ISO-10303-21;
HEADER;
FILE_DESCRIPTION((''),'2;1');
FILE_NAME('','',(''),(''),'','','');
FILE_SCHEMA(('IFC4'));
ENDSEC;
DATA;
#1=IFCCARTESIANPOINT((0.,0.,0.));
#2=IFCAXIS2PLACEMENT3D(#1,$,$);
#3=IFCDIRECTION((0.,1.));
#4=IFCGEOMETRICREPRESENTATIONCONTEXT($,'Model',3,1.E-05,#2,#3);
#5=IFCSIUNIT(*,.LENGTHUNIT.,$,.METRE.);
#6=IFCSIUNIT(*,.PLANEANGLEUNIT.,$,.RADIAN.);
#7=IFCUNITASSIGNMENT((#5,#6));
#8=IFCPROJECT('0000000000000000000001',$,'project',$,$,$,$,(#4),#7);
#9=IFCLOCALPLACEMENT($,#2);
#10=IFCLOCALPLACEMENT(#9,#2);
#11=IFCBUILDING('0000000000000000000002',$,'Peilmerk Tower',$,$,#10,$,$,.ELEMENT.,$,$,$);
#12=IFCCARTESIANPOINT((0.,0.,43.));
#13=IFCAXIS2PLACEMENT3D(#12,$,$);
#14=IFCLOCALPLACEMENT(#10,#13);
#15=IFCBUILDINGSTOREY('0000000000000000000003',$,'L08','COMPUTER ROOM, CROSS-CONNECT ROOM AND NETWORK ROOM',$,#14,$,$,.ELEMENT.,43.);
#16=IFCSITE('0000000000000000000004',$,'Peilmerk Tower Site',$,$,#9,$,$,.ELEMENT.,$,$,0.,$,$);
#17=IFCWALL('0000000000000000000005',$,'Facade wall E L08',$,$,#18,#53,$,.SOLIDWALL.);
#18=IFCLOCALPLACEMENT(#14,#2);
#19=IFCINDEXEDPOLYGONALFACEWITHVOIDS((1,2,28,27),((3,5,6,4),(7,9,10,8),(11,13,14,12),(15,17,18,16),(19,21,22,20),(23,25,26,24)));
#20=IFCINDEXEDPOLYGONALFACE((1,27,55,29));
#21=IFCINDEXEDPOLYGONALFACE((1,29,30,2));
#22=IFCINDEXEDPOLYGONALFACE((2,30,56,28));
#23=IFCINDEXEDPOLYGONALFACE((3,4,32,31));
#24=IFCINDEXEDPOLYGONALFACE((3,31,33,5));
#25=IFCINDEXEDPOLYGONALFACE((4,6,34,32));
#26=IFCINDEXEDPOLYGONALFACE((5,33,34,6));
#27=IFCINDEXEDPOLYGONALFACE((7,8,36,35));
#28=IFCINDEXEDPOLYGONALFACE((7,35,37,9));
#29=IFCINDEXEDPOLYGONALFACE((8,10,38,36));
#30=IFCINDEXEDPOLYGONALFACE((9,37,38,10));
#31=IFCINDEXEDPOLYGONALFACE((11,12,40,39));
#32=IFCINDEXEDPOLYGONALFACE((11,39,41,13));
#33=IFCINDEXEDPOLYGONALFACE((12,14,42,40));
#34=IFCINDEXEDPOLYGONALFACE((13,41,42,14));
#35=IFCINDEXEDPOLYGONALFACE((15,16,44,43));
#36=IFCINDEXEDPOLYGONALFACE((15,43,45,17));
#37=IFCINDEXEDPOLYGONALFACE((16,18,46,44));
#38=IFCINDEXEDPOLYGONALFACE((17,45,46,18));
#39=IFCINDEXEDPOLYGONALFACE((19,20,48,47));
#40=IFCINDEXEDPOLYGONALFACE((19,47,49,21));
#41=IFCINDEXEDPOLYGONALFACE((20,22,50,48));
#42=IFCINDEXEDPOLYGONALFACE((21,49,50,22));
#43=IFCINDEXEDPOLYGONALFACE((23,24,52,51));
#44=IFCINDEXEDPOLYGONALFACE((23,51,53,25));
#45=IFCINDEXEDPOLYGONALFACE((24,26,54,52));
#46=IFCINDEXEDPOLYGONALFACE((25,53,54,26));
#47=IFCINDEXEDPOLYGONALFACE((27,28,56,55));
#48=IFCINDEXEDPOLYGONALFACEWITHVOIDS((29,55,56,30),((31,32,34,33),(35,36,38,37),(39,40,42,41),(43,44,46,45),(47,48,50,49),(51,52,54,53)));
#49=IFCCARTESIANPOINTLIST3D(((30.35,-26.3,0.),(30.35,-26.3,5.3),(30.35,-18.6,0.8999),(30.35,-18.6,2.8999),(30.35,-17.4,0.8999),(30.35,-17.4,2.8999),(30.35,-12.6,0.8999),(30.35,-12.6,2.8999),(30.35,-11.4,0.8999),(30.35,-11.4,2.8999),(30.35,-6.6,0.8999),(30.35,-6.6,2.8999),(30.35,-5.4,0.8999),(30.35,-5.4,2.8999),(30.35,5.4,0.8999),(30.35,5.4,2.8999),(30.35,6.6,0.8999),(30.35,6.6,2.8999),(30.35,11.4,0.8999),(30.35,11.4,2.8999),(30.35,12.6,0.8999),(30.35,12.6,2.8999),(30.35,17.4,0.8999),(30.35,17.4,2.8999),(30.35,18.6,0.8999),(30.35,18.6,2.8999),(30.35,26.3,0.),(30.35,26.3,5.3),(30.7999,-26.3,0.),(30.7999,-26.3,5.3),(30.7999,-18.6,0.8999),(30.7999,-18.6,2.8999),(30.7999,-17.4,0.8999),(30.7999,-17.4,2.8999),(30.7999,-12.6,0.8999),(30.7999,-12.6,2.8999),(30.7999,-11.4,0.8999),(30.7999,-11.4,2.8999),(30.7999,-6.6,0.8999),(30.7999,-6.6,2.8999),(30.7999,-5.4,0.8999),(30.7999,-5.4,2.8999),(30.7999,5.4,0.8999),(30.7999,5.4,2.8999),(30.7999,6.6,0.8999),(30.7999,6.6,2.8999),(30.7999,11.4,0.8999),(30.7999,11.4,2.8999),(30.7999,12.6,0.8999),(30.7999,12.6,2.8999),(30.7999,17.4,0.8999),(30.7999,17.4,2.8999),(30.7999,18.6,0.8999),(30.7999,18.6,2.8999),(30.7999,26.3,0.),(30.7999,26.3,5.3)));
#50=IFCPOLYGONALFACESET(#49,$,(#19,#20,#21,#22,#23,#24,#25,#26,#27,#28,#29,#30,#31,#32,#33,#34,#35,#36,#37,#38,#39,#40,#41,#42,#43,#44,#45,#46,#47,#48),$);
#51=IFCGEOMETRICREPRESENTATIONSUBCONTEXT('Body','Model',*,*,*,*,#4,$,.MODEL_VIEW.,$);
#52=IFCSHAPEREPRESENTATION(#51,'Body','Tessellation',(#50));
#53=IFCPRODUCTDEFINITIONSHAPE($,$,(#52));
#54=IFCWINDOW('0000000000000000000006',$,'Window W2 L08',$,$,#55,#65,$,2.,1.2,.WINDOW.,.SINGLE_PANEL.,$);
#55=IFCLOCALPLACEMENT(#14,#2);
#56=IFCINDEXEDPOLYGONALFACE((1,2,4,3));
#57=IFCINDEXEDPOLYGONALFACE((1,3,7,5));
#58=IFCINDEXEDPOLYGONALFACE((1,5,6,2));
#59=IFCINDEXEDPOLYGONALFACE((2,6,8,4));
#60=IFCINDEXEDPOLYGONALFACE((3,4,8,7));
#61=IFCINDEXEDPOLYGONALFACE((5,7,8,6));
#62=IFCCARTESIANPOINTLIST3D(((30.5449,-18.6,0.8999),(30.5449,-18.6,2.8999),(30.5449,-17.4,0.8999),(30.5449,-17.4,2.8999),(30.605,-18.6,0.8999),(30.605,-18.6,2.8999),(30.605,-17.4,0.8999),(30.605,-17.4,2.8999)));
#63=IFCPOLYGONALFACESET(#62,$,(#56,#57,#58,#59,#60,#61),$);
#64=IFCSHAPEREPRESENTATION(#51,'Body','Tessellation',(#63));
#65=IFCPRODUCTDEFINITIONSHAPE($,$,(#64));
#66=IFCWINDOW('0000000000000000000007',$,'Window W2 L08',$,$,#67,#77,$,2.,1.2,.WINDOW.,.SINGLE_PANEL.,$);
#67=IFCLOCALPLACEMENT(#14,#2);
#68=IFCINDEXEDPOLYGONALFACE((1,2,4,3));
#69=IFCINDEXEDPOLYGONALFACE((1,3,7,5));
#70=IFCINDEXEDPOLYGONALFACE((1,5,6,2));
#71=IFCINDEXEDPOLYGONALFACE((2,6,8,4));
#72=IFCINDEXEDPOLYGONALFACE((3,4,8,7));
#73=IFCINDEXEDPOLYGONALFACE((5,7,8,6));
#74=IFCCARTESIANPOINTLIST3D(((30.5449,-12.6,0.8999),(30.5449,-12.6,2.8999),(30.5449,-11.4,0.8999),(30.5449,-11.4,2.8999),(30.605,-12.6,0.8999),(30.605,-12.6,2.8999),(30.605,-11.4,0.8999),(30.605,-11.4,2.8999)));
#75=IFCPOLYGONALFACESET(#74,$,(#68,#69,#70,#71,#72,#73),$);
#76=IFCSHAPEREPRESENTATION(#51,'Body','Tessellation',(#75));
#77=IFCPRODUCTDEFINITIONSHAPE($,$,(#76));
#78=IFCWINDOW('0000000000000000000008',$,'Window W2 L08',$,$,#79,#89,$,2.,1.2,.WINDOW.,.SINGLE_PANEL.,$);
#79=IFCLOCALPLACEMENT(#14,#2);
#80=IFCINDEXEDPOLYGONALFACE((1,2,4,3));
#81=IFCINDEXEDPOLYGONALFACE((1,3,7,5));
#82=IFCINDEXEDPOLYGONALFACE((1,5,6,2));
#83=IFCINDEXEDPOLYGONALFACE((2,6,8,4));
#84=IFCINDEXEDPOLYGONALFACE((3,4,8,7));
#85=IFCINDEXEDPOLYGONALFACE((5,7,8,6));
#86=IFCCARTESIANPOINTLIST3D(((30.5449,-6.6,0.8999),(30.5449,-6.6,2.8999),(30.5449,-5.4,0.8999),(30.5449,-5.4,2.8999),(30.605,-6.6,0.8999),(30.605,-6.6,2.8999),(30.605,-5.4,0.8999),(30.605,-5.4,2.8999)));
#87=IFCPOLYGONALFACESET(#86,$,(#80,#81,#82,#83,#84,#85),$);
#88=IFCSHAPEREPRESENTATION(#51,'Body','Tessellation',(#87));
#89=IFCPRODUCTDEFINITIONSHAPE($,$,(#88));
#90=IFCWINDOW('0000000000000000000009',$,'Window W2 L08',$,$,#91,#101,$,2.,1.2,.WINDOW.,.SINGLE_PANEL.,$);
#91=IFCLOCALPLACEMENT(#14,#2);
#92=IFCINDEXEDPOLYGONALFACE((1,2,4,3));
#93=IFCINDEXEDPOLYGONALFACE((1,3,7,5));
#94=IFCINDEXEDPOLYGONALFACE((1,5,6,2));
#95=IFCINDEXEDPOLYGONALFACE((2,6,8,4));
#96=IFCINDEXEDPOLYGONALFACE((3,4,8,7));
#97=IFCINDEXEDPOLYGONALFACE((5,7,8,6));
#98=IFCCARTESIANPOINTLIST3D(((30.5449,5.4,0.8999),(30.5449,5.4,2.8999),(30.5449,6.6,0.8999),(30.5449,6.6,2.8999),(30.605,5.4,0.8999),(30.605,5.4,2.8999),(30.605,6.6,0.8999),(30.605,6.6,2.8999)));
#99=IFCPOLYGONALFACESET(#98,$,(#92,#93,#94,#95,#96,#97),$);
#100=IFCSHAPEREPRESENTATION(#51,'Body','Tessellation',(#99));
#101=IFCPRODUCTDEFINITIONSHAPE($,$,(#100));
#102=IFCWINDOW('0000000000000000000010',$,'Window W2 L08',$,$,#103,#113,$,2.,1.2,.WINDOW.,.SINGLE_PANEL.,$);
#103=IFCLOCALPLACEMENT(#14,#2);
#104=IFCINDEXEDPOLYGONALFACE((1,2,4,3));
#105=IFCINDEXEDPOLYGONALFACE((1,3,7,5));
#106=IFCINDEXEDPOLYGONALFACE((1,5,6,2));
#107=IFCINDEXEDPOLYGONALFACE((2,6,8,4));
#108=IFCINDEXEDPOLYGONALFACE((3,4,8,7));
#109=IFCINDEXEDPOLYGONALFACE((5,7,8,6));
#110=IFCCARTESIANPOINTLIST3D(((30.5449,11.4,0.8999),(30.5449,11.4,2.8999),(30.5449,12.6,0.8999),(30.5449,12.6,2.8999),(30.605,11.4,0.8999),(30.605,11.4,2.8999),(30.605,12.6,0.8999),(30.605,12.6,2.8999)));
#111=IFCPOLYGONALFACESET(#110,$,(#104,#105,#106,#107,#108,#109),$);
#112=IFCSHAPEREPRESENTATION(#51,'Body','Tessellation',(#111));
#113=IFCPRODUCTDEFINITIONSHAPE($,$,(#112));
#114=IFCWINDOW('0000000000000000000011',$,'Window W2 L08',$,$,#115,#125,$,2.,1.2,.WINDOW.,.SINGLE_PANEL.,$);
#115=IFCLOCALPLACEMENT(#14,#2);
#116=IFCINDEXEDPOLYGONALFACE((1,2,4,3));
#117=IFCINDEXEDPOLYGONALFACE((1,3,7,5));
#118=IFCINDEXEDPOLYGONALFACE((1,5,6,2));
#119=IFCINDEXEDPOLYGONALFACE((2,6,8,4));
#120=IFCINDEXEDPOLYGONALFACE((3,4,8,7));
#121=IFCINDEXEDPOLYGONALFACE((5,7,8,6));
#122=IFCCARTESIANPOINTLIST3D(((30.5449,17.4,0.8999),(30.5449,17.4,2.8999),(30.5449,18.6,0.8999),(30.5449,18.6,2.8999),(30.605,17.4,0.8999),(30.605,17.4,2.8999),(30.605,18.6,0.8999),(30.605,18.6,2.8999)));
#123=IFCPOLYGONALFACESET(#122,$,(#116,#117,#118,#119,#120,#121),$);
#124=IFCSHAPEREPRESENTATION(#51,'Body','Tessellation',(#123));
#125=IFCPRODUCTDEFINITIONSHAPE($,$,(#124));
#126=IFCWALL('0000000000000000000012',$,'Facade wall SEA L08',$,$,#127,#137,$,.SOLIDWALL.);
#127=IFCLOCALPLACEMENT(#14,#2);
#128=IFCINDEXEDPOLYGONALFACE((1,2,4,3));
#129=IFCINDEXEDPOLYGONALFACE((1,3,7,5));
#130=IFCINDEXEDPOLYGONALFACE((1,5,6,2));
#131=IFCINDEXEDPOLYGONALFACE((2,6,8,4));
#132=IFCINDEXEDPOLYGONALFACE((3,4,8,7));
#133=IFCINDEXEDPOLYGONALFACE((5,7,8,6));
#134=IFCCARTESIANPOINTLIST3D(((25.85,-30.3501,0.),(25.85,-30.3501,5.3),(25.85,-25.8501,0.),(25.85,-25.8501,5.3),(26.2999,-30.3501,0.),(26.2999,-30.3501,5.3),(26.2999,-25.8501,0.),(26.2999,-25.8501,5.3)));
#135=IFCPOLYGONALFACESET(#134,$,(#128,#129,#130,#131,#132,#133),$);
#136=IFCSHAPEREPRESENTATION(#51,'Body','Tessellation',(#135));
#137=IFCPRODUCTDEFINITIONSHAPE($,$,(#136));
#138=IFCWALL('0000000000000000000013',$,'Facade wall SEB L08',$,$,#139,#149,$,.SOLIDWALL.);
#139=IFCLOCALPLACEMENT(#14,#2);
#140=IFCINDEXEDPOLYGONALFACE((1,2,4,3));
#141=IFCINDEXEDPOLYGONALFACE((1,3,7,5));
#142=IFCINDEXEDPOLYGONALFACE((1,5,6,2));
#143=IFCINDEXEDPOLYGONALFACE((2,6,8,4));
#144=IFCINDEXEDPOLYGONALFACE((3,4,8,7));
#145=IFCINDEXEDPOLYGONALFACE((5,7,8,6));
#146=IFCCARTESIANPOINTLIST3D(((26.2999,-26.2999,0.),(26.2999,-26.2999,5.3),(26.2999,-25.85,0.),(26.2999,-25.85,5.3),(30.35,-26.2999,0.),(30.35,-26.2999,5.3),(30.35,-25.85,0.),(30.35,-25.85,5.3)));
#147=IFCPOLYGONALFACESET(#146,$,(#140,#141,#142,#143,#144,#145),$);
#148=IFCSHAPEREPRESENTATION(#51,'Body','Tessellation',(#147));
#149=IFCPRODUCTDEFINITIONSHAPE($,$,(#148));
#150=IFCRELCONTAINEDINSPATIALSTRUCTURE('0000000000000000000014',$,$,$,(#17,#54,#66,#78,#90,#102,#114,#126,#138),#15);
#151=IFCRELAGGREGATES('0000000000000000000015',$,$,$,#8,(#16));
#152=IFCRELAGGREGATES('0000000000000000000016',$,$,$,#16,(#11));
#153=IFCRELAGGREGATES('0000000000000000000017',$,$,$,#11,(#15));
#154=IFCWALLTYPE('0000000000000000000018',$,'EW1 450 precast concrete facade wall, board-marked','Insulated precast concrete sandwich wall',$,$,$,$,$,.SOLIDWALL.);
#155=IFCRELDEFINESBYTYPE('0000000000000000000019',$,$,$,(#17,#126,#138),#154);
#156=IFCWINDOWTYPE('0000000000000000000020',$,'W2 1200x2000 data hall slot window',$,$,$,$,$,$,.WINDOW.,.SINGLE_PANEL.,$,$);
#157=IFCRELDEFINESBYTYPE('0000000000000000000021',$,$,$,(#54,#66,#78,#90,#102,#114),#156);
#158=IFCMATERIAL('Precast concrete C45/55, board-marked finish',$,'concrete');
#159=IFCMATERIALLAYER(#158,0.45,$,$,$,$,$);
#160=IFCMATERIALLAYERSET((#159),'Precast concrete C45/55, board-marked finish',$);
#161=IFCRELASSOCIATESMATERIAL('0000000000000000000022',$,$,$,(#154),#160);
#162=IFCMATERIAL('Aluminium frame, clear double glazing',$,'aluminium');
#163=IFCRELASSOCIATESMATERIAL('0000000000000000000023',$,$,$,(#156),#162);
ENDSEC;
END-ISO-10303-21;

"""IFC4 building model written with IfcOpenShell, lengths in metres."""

from ifc_helpers import new_model, si_unit, direction, frame, frame_2d, origin, place, context, subcontext, project, spatial, rectangle, extrude, material, layer, layer_set, type_object, element, fill, save


model = new_model("IFC4")

# Units and contexts
model_context = context("Model", 3, precision=1e-05, world=origin(), true_north=direction((0.0, 1.0)))
body_context = subcontext(model_context, "Body", "Model", "MODEL_VIEW")
ifc_project = project(units=[si_unit("LENGTHUNIT", "METRE"), si_unit("PLANEANGLEUNIT", "RADIAN")], contexts=[model_context])

# Site, building, storey
site_placement = place(None, origin())
site = spatial("IfcSite", under=ifc_project, at=site_placement, Name="Peilmerk Tower Site", CompositionType="ELEMENT", RefElevation=0.0)
building_placement = place(site_placement, origin())
building = spatial("IfcBuilding", under=site, at=building_placement, Name="Peilmerk Tower", CompositionType="ELEMENT")
storey_placement = place(building_placement, frame((0.0, 0.0, 43.0)))
storey = spatial("IfcBuildingStorey", under=building, at=storey_placement, Name="L08", Description="COMPUTER ROOM, CROSS-CONNECT ROOM AND NETWORK ROOM", CompositionType="ELEMENT", Elevation=43.0)

# Wall, openings, windows
ifc_material_1 = material(Name="Precast concrete C45/55, board-marked finish", Category="concrete")
ifc_layer = layer(ifc_material_1, 0.45)
ifc_layer_set = layer_set([ifc_layer], Name="Precast concrete C45/55, board-marked finish")
wall_type = type_object("IfcWallType", Name="EW1 450 precast concrete facade wall, board-marked", Description="Insulated precast concrete sandwich wall", PredefinedType="SOLIDWALL", material=ifc_layer_set)
wall_1_placement = place(storey_placement, frame((30.575, -26.3, 0.0), z_axis=(0.0, 0.0, 1.0), x_axis=(0.0, 1.0, 0.0)))
wall_1 = element("IfcWall", 1, at=wall_1_placement, inside=storey, type_object=wall_type, Name="Facade wall E L08", PredefinedType="SOLIDWALL", context=body_context, shape_type="SweptSolid", body=[
    extrude(rectangle(XDim=52.6001, YDim=0.45, at=frame_2d((26.3, 0.0))), origin(), (0.0, 0.0, 1.0), 5.3),
])
opening_1_placement = place(wall_1_placement, frame((7.7, 0.0, 0.8999)))
opening_1 = element("IfcOpeningElement", 2, at=opening_1_placement, cuts=wall_1, PredefinedType="OPENING", context=body_context, shape_type="SweptSolid", body=[
    extrude(rectangle(XDim=1.2, YDim=2.0, at=frame_2d((0.6001, 1.0))), frame((0.0, 0.2349, 0.0), z_axis=(0.0, -1.0, 0.0), x_axis=(1.0, 0.0, 0.0)), (0.0, 0.0, 1.0), 0.47),
])
opening_2_placement = place(wall_1_placement, frame((13.7, 0.0, 0.8999)))
opening_2 = element("IfcOpeningElement", 3, at=opening_2_placement, cuts=wall_1, PredefinedType="OPENING", context=body_context, shape_type="SweptSolid", body=[
    extrude(rectangle(XDim=1.2, YDim=2.0, at=frame_2d((0.6001, 1.0))), frame((0.0, 0.2349, 0.0), z_axis=(0.0, -1.0, 0.0), x_axis=(1.0, 0.0, 0.0)), (0.0, 0.0, 1.0), 0.47),
])
opening_3_placement = place(wall_1_placement, frame((19.7, 0.0, 0.8999)))
opening_3 = element("IfcOpeningElement", 4, at=opening_3_placement, cuts=wall_1, PredefinedType="OPENING", context=body_context, shape_type="SweptSolid", body=[
    extrude(rectangle(XDim=1.2, YDim=2.0, at=frame_2d((0.6001, 1.0))), frame((0.0, 0.2349, 0.0), z_axis=(0.0, -1.0, 0.0), x_axis=(1.0, 0.0, 0.0)), (0.0, 0.0, 1.0), 0.47),
])
opening_4_placement = place(wall_1_placement, frame((31.7, 0.0, 0.8999)))
opening_4 = element("IfcOpeningElement", 5, at=opening_4_placement, cuts=wall_1, PredefinedType="OPENING", context=body_context, shape_type="SweptSolid", body=[
    extrude(rectangle(XDim=1.2, YDim=2.0, at=frame_2d((0.6001, 1.0))), frame((0.0, 0.2349, 0.0), z_axis=(0.0, -1.0, 0.0), x_axis=(1.0, 0.0, 0.0)), (0.0, 0.0, 1.0), 0.47),
])
opening_5_placement = place(wall_1_placement, frame((37.7, 0.0, 0.8999)))
opening_5 = element("IfcOpeningElement", 6, at=opening_5_placement, cuts=wall_1, PredefinedType="OPENING", context=body_context, shape_type="SweptSolid", body=[
    extrude(rectangle(XDim=1.2, YDim=2.0, at=frame_2d((0.6001, 1.0))), frame((0.0, 0.2349, 0.0), z_axis=(0.0, -1.0, 0.0), x_axis=(1.0, 0.0, 0.0)), (0.0, 0.0, 1.0), 0.47),
])
opening_6_placement = place(wall_1_placement, frame((43.7, 0.0, 0.8999)))
opening_6 = element("IfcOpeningElement", 7, at=opening_6_placement, cuts=wall_1, PredefinedType="OPENING", context=body_context, shape_type="SweptSolid", body=[
    extrude(rectangle(XDim=1.2, YDim=2.0, at=frame_2d((0.6001, 1.0))), frame((0.0, 0.2349, 0.0), z_axis=(0.0, -1.0, 0.0), x_axis=(1.0, 0.0, 0.0)), (0.0, 0.0, 1.0), 0.47),
])
ifc_material_2 = material(Name="Aluminium frame, clear double glazing", Category="aluminium")
window_type = type_object("IfcWindowType", Name="W2 1200x2000 data hall slot window", PartitioningType="SINGLE_PANEL", PredefinedType="WINDOW", material=ifc_material_2)
window_1_placement = place(opening_1_placement, origin())
window_1 = element("IfcWindow", 8, at=window_1_placement, inside=storey, type_object=window_type, Name="Window W2 L08", OverallHeight=2.0, OverallWidth=1.2, PartitioningType="SINGLE_PANEL", PredefinedType="WINDOW", context=body_context, shape_type="SweptSolid", body=[
    extrude(rectangle(XDim=1.2, YDim=2.0, at=frame_2d((0.6001, 1.0))), frame((0.0, 0.03, 0.0), z_axis=(0.0, -1.0, 0.0), x_axis=(1.0, 0.0, 0.0)), (0.0, 0.0, 1.0), 0.0601),
])
fill(opening_1, window_1)
window_2_placement = place(opening_2_placement, origin())
window_2 = element("IfcWindow", 9, at=window_2_placement, inside=storey, type_object=window_type, Name="Window W2 L08", OverallHeight=2.0, OverallWidth=1.2, PartitioningType="SINGLE_PANEL", PredefinedType="WINDOW", context=body_context, shape_type="SweptSolid", body=[
    extrude(rectangle(XDim=1.2, YDim=2.0, at=frame_2d((0.6001, 1.0))), frame((0.0, 0.03, 0.0), z_axis=(0.0, -1.0, 0.0), x_axis=(1.0, 0.0, 0.0)), (0.0, 0.0, 1.0), 0.0601),
])
fill(opening_2, window_2)
window_3_placement = place(opening_3_placement, origin())
window_3 = element("IfcWindow", 10, at=window_3_placement, inside=storey, type_object=window_type, Name="Window W2 L08", OverallHeight=2.0, OverallWidth=1.2, PartitioningType="SINGLE_PANEL", PredefinedType="WINDOW", context=body_context, shape_type="SweptSolid", body=[
    extrude(rectangle(XDim=1.2, YDim=2.0, at=frame_2d((0.6001, 1.0))), frame((0.0, 0.03, 0.0), z_axis=(0.0, -1.0, 0.0), x_axis=(1.0, 0.0, 0.0)), (0.0, 0.0, 1.0), 0.0601),
])
fill(opening_3, window_3)
window_4_placement = place(opening_4_placement, origin())
window_4 = element("IfcWindow", 11, at=window_4_placement, inside=storey, type_object=window_type, Name="Window W2 L08", OverallHeight=2.0, OverallWidth=1.2, PartitioningType="SINGLE_PANEL", PredefinedType="WINDOW", context=body_context, shape_type="SweptSolid", body=[
    extrude(rectangle(XDim=1.2, YDim=2.0, at=frame_2d((0.6001, 1.0))), frame((0.0, 0.03, 0.0), z_axis=(0.0, -1.0, 0.0), x_axis=(1.0, 0.0, 0.0)), (0.0, 0.0, 1.0), 0.0601),
])
fill(opening_4, window_4)
window_5_placement = place(opening_5_placement, origin())
window_5 = element("IfcWindow", 12, at=window_5_placement, inside=storey, type_object=window_type, Name="Window W2 L08", OverallHeight=2.0, OverallWidth=1.2, PartitioningType="SINGLE_PANEL", PredefinedType="WINDOW", context=body_context, shape_type="SweptSolid", body=[
    extrude(rectangle(XDim=1.2, YDim=2.0, at=frame_2d((0.6001, 1.0))), frame((0.0, 0.03, 0.0), z_axis=(0.0, -1.0, 0.0), x_axis=(1.0, 0.0, 0.0)), (0.0, 0.0, 1.0), 0.0601),
])
fill(opening_5, window_5)
window_6_placement = place(opening_6_placement, origin())
window_6 = element("IfcWindow", 13, at=window_6_placement, inside=storey, type_object=window_type, Name="Window W2 L08", OverallHeight=2.0, OverallWidth=1.2, PartitioningType="SINGLE_PANEL", PredefinedType="WINDOW", context=body_context, shape_type="SweptSolid", body=[
    extrude(rectangle(XDim=1.2, YDim=2.0, at=frame_2d((0.6001, 1.0))), frame((0.0, 0.03, 0.0), z_axis=(0.0, -1.0, 0.0), x_axis=(1.0, 0.0, 0.0)), (0.0, 0.0, 1.0), 0.0601),
])
fill(opening_6, window_6)

# Walls
wall_2_placement = place(storey_placement, frame((26.075, -25.8501, 0.0), z_axis=(0.0, 0.0, 1.0), x_axis=(0.0, -1.0, 0.0)))
element("IfcWall", 14, at=wall_2_placement, inside=storey, type_object=wall_type, Name="Facade wall SEA L08", PredefinedType="SOLIDWALL", context=body_context, shape_type="SweptSolid", body=[
    extrude(rectangle(XDim=4.5, YDim=0.45, at=frame_2d((2.25, 0.0))), origin(), (0.0, 0.0, 1.0), 5.3),
])
wall_3_placement = place(storey_placement, frame((26.3, -26.075, 0.0), z_axis=(0.0, 0.0, 1.0), x_axis=(1.0, 0.0, 0.0)))
element("IfcWall", 15, at=wall_3_placement, inside=storey, type_object=wall_type, Name="Facade wall SEB L08", PredefinedType="SOLIDWALL", context=body_context, shape_type="SweptSolid", body=[
    extrude(rectangle(XDim=4.05, YDim=0.45, at=frame_2d((2.0249, 0.0))), origin(), (0.0, 0.0, 1.0), 5.3),
])

save(model, "model.ifc")
